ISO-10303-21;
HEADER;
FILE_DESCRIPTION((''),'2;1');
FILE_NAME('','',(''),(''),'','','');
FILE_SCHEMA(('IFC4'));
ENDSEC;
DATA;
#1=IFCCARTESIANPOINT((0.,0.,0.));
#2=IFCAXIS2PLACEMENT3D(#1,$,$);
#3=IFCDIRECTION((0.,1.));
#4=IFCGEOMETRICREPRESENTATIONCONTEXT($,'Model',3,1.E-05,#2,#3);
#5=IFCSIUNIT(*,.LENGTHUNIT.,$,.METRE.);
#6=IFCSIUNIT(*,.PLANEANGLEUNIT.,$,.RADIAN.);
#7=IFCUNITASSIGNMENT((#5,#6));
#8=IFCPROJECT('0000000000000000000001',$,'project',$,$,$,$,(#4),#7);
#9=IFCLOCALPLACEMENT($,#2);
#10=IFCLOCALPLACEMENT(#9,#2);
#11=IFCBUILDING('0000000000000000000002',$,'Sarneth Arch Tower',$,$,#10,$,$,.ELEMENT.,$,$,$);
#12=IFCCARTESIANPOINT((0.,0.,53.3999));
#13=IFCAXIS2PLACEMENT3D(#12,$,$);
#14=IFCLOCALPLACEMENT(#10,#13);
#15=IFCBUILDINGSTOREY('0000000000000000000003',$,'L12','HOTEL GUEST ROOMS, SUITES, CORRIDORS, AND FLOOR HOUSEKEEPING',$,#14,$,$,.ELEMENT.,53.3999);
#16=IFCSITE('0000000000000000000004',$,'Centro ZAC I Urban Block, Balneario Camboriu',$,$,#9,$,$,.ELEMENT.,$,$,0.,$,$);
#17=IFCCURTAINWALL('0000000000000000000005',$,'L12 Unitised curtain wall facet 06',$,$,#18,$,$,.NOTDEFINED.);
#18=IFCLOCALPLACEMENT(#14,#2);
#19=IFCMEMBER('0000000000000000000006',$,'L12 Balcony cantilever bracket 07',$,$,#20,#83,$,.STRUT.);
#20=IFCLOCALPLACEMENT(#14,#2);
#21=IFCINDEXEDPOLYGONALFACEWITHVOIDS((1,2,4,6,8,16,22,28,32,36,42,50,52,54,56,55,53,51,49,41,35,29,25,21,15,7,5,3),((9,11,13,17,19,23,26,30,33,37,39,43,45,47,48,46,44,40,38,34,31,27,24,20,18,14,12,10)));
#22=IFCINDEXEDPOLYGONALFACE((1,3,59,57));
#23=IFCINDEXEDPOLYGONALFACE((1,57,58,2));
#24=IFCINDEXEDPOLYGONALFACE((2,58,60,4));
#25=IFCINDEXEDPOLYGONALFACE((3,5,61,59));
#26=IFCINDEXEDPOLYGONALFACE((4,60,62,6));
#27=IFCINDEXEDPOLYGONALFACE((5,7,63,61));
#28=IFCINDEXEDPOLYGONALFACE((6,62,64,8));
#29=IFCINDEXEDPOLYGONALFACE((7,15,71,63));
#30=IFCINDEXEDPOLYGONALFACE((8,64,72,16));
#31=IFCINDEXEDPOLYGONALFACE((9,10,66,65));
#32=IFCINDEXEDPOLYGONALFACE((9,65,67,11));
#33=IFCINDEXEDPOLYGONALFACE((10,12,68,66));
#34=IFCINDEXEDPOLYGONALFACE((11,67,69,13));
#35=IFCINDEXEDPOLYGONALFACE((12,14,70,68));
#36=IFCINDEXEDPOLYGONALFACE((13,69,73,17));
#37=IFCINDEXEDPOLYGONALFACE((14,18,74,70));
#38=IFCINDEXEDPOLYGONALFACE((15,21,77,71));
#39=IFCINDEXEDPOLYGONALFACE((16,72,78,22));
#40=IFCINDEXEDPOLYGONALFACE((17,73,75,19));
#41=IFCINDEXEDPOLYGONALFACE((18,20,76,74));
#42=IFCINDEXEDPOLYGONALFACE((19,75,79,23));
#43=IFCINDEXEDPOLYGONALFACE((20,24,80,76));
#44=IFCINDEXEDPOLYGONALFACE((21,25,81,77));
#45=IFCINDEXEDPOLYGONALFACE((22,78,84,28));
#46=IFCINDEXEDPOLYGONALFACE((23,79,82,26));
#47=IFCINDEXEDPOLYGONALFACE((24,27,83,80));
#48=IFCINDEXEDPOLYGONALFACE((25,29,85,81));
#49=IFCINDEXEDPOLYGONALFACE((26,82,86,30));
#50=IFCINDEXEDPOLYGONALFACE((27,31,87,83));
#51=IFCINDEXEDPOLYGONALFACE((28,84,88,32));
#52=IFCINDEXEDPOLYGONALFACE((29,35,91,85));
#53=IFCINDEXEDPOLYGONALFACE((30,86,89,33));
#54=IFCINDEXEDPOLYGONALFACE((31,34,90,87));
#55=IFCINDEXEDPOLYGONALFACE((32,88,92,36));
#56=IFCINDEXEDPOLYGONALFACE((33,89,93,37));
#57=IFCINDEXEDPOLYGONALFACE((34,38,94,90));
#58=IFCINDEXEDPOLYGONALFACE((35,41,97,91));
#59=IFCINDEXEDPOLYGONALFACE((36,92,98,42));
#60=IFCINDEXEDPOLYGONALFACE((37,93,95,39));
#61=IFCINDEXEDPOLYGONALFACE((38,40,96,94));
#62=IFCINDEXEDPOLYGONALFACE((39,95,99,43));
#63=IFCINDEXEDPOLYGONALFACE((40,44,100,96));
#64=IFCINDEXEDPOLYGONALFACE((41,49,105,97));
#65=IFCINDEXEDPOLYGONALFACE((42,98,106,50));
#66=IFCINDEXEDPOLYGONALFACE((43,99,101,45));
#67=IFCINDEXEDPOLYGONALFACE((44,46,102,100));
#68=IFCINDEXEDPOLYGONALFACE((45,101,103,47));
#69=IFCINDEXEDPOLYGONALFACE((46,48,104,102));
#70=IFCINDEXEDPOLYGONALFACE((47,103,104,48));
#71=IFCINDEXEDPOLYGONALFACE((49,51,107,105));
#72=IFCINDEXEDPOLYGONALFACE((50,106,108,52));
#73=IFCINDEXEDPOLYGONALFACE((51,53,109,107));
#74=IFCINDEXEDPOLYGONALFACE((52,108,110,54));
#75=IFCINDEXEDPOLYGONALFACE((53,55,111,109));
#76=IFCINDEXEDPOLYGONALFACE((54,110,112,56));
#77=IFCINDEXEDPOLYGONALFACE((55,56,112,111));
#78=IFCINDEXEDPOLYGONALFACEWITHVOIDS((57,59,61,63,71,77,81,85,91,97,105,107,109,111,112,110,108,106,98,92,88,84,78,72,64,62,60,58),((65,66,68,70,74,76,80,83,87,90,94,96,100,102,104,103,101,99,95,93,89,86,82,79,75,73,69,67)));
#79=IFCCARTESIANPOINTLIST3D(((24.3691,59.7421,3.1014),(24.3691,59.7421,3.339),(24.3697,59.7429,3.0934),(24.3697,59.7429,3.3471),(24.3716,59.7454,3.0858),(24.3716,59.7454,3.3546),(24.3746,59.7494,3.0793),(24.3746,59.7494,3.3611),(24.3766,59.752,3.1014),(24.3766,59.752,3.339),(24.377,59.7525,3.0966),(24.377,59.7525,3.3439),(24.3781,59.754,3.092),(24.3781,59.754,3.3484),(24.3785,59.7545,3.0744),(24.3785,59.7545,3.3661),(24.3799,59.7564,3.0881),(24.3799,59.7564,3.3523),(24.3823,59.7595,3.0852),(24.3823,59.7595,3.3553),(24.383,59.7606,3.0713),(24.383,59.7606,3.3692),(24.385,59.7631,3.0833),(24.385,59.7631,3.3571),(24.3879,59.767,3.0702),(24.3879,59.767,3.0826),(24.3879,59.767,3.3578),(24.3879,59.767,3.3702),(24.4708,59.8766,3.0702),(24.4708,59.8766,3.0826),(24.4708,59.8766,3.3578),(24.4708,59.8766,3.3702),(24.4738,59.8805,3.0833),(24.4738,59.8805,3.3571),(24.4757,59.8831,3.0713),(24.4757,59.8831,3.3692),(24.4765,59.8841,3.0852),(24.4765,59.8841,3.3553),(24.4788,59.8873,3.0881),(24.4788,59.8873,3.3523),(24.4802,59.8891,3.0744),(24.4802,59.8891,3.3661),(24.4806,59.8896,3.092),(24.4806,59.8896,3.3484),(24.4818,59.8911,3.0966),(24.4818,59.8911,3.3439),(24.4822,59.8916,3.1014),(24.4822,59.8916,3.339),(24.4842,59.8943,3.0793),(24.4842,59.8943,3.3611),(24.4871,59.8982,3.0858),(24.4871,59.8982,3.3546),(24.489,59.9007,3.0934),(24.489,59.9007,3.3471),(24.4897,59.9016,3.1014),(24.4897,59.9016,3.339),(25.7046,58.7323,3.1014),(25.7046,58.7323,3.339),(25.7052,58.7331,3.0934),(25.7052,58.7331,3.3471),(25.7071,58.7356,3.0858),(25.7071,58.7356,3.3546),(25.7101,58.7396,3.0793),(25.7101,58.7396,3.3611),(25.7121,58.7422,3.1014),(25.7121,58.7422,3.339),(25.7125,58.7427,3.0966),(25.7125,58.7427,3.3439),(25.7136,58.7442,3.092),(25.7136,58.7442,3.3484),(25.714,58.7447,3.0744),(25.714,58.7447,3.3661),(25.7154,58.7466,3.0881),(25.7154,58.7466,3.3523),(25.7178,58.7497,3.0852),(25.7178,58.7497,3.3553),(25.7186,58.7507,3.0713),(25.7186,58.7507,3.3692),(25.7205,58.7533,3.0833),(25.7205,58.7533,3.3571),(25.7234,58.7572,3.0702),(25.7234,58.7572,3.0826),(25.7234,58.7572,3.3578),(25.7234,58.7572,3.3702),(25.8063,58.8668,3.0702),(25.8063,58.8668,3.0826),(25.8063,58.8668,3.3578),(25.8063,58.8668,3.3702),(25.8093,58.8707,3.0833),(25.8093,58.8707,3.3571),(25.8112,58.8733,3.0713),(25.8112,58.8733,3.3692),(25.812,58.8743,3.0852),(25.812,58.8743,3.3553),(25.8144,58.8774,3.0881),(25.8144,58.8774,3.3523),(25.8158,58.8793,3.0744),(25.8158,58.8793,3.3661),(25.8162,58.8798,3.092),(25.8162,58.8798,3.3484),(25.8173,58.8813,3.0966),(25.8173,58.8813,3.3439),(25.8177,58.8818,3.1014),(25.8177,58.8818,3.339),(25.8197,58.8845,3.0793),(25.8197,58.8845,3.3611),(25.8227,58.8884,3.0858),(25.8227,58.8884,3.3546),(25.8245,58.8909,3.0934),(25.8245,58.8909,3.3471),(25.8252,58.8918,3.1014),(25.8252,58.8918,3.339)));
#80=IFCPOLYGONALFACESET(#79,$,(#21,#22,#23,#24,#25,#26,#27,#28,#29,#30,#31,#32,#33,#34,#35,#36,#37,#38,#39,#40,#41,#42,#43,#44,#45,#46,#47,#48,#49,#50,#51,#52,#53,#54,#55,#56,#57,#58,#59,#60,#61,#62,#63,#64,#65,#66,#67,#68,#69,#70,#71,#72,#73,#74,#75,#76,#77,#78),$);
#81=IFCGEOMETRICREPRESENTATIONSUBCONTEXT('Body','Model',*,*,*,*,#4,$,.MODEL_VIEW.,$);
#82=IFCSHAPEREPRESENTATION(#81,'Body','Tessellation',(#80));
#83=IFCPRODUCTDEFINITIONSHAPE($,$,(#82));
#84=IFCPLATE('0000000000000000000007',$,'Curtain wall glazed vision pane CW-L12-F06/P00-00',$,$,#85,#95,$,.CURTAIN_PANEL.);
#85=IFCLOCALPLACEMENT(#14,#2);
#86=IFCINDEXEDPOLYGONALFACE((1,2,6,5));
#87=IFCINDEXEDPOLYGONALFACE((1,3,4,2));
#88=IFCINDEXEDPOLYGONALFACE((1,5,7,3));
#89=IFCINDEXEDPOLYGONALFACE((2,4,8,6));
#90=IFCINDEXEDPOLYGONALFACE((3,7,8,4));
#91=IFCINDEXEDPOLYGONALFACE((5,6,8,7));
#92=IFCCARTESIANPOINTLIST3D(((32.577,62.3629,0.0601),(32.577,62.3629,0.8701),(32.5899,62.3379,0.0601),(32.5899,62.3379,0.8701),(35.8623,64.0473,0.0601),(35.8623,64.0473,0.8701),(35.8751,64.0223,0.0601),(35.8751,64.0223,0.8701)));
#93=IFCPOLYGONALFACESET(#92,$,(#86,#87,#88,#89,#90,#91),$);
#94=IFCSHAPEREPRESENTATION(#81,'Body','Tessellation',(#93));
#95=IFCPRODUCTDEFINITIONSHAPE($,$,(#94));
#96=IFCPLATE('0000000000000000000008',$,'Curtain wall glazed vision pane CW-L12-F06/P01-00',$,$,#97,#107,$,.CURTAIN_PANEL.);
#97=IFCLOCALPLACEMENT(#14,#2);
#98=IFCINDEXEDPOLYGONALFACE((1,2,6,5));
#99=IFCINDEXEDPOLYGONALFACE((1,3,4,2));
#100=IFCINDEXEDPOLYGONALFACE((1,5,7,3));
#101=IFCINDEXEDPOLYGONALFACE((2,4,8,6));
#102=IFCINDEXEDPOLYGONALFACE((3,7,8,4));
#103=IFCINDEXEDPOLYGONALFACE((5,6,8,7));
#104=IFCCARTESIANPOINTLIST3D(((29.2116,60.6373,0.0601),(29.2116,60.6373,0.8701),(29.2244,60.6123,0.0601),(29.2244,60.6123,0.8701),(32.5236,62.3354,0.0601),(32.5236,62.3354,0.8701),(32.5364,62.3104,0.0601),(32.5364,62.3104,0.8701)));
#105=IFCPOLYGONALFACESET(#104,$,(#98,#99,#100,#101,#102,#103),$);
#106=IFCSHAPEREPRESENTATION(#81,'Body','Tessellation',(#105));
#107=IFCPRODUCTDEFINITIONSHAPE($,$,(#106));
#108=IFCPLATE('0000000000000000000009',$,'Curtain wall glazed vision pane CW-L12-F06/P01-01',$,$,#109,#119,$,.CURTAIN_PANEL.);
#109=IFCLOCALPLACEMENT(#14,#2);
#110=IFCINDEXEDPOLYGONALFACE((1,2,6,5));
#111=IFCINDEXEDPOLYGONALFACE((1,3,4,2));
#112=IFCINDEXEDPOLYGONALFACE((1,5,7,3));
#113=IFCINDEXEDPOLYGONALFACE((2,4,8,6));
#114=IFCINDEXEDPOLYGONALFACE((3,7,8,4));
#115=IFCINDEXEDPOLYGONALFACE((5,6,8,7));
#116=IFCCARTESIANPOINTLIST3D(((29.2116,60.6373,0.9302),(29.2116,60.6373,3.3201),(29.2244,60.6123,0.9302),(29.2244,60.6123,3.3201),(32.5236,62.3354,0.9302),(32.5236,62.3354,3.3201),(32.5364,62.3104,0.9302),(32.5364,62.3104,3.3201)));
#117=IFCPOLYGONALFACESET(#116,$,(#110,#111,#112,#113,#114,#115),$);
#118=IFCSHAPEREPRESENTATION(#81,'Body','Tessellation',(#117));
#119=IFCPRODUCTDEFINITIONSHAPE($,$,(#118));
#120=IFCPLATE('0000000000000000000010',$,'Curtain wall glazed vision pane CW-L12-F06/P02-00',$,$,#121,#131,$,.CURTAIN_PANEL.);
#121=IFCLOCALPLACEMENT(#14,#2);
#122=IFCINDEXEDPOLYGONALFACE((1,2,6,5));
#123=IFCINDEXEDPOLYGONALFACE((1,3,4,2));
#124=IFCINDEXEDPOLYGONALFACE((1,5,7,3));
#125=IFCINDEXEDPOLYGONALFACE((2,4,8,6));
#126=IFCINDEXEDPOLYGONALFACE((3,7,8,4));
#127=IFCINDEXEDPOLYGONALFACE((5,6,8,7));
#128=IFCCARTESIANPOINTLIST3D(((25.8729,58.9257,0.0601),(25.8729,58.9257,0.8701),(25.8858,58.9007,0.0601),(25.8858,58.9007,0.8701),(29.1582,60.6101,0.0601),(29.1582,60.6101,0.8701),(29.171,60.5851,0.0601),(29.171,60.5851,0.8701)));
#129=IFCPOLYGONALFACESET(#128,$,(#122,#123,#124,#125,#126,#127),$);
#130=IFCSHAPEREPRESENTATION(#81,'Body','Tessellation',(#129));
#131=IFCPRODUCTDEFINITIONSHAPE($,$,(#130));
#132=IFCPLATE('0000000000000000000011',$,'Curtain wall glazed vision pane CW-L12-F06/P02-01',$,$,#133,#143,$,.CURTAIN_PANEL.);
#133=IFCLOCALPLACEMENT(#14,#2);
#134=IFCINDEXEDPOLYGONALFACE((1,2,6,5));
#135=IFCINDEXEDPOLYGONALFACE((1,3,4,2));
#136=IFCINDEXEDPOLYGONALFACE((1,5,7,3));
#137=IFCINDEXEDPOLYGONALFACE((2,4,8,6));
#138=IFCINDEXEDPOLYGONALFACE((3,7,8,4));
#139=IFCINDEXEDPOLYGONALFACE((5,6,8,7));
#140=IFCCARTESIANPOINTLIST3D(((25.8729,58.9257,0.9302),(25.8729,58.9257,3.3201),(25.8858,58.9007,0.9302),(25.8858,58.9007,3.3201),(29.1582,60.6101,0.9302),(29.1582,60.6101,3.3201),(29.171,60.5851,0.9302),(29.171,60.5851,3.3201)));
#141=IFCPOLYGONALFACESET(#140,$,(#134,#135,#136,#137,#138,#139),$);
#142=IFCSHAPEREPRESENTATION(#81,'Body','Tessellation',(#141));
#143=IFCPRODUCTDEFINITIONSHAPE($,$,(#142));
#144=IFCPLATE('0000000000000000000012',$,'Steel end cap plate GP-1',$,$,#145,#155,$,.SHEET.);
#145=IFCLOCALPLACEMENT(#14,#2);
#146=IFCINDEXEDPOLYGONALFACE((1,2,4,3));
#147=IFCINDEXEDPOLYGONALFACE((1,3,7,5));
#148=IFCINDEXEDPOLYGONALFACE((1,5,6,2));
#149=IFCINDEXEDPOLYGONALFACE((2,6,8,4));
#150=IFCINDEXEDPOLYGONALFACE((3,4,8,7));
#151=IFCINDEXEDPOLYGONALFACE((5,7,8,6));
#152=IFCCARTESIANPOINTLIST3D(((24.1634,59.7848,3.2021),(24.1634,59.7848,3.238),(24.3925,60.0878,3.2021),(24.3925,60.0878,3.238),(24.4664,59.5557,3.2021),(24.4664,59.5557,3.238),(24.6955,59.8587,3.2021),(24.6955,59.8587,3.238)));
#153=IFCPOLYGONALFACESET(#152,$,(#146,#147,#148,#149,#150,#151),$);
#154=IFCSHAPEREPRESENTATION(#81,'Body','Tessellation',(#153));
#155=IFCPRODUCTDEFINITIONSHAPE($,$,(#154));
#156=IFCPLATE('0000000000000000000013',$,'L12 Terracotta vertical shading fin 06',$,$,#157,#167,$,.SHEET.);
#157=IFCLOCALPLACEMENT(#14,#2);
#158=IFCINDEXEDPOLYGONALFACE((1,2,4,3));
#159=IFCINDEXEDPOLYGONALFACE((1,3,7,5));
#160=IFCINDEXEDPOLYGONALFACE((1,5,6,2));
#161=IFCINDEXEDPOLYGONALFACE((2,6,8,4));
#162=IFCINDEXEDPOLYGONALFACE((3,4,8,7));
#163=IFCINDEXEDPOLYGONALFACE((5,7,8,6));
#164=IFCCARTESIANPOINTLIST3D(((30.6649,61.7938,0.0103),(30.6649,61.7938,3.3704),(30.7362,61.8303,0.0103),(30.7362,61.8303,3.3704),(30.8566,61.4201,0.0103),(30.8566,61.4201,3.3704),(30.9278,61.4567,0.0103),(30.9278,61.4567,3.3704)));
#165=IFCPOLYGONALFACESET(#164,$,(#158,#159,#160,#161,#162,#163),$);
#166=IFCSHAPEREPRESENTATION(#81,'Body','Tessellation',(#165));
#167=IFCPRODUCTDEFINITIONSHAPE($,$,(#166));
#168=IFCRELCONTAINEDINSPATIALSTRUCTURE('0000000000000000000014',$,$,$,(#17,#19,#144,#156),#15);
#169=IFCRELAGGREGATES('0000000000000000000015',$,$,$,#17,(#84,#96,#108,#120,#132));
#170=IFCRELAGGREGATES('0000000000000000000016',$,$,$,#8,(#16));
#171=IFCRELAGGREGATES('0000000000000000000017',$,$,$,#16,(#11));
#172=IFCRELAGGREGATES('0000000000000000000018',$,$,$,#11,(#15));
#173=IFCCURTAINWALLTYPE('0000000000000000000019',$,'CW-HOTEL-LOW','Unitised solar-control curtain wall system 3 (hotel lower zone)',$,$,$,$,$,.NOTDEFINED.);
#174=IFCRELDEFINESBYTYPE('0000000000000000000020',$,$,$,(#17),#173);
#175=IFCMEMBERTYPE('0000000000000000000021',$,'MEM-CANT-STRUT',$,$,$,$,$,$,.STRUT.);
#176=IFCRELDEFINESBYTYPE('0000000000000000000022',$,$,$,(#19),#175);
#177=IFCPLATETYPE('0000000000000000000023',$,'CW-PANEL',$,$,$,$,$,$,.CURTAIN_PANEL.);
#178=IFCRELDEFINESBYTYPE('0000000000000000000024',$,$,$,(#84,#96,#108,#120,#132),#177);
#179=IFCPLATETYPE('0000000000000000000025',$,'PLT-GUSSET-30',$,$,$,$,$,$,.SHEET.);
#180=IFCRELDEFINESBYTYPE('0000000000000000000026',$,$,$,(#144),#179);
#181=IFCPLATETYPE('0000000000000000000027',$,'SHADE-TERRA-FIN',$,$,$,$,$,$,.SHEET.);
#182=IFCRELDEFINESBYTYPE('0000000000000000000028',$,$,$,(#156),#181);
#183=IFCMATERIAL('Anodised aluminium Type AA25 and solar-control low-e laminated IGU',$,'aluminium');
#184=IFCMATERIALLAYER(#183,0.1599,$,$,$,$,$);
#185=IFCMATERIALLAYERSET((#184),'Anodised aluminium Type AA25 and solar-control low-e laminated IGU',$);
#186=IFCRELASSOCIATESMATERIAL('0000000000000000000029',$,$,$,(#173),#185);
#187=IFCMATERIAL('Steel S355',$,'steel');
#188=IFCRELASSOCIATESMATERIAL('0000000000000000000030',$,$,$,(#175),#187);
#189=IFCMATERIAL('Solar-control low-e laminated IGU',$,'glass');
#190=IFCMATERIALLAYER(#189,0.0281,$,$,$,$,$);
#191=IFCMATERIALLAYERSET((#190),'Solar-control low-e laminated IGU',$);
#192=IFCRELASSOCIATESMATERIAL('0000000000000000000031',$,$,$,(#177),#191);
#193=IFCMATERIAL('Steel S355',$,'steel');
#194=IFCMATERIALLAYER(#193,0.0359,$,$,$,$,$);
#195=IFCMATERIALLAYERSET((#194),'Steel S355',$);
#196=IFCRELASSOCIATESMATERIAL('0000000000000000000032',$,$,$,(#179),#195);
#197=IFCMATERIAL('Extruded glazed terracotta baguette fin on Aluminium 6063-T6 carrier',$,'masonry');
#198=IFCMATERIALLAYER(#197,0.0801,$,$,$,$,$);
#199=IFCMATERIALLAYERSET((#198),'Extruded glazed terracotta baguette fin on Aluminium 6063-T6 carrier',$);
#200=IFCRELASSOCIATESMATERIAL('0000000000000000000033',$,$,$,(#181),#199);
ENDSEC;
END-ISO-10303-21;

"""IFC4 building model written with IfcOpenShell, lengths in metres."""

from ifc_helpers import new_model, si_unit, direction, frame, origin, origin_2d, place, context, subcontext, project, spatial, rectangle, hollow_rectangle, extrude, material, layer, layer_set, material_profile, profile_set, type_object, element, aggregate, save


model = new_model("IFC4")

# Units and contexts
model_context = context("Model", 3, precision=1e-05, world=origin(), true_north=direction((0.0, 1.0)))
body_context = subcontext(model_context, "Body", "Model", "MODEL_VIEW")
ifc_project = project(units=[si_unit("LENGTHUNIT", "METRE"), si_unit("PLANEANGLEUNIT", "RADIAN")], contexts=[model_context])

# Site, building, storey
site_placement = place(None, origin())
site = spatial("IfcSite", under=ifc_project, at=site_placement, Name="Centro ZAC I Urban Block, Balneario Camboriu", CompositionType="ELEMENT", RefElevation=0.0)
building_placement = place(site_placement, origin())
building = spatial("IfcBuilding", under=site, at=building_placement, Name="Sarneth Arch Tower", CompositionType="ELEMENT")
storey_placement = place(building_placement, frame((0.0, 0.0, 53.3999)))
storey = spatial("IfcBuildingStorey", under=building, at=storey_placement, Name="L12", Description="HOTEL GUEST ROOMS, SUITES, CORRIDORS, AND FLOOR HOUSEKEEPING", CompositionType="ELEMENT", Elevation=53.3999)

# Curtain wall
ifc_material_1 = material(Name="Anodised aluminium Type AA25 and solar-control low-e laminated IGU", Category="aluminium")
ifc_layer_1 = layer(ifc_material_1, 0.1599)
ifc_layer_set_1 = layer_set([ifc_layer_1], Name="Anodised aluminium Type AA25 and solar-control low-e laminated IGU")
curtain_wall_type = type_object("IfcCurtainWallType", Name="CW-HOTEL-LOW", Description="Unitised solar-control curtain wall system 3 (hotel lower zone)", PredefinedType="NOTDEFINED", material=ifc_layer_set_1)
curtain_wall_placement = place(storey_placement, origin())
curtain_wall = element("IfcCurtainWall", 1, at=curtain_wall_placement, inside=storey, type_object=curtain_wall_type, Name="L12 Unitised curtain wall facet 06", PredefinedType="NOTDEFINED")

# Member
ifc_material_2 = material(Name="Steel S355", Category="steel")
ifc_material_profile_1 = material_profile(ifc_material_2, hollow_rectangle(XDim=0.2, YDim=0.3, WallThickness=0.0125, InnerFilletRadius=0.0188, OuterFilletRadius=0.0312, at=origin_2d()), Name="RHS300x200x12.5")
ifc_profile_set_1 = profile_set([ifc_material_profile_1], Name="Steel S355")
member_type_1 = type_object("IfcMemberType", Name="MEM-CANT-STRUT", PredefinedType="STRUT", material=ifc_profile_set_1)
member_1_placement = place(storey_placement, frame((25.7649, 58.812, 3.2202), z_axis=(-0.797649, 0.603122, 0.0), x_axis=(-0.603122, -0.797649, 0.0)))
element("IfcMember", 2, at=member_1_placement, inside=storey, type_object=member_type_1, Name="L12 Balcony cantilever bracket 07", PredefinedType="STRUT", context=body_context, shape_type="SweptSolid", body=[
    extrude(hollow_rectangle(XDim=0.2, YDim=0.3, WallThickness=0.0125, InnerFilletRadius=0.0188, OuterFilletRadius=0.0312, at=origin_2d()), origin(), (0.0, 0.0, 1.0), 1.6743),
])

# Plates
ifc_material_3 = material(Name="Solar-control low-e laminated IGU", Category="glass")
ifc_layer_2 = layer(ifc_material_3, 0.0281)
ifc_layer_set_2 = layer_set([ifc_layer_2], Name="Solar-control low-e laminated IGU")
plate_type_1 = type_object("IfcPlateType", Name="CW-PANEL", PredefinedType="CURTAIN_PANEL", material=ifc_layer_set_2)
plate_1_placement = place(storey_placement, frame((34.2261, 63.1926, 0.0601), z_axis=(0.0, 0.0, 1.0), x_axis=(-0.889854, -0.456245, 0.0)))
plate_1 = element("IfcPlate", 3, at=plate_1_placement, type_object=plate_type_1, Name="Curtain wall glazed vision pane CW-L12-F06/P00-00", PredefinedType="CURTAIN_PANEL", context=body_context, shape_type="SweptSolid", body=[
    extrude(rectangle(XDim=3.6919, YDim=0.0281, at=origin_2d()), origin(), (0.0, 0.0, 1.0), 0.8101),
])
plate_2_placement = place(storey_placement, frame((30.874, 61.4739, 0.0601), z_axis=(0.0, 0.0, 1.0), x_axis=(-0.889854, -0.456245, 0.0)))
plate_2 = element("IfcPlate", 4, at=plate_2_placement, type_object=plate_type_1, Name="Curtain wall glazed vision pane CW-L12-F06/P01-00", PredefinedType="CURTAIN_PANEL", context=body_context, shape_type="SweptSolid", body=[
    extrude(rectangle(XDim=3.7219, YDim=0.0281, at=origin_2d()), origin(), (0.0, 0.0, 1.0), 0.8101),
])
plate_3_placement = place(storey_placement, frame((30.874, 61.4739, 0.9302), z_axis=(0.0, 0.0, 1.0), x_axis=(-0.889854, -0.456245, 0.0)))
plate_3 = element("IfcPlate", 5, at=plate_3_placement, type_object=plate_type_1, Name="Curtain wall glazed vision pane CW-L12-F06/P01-01", PredefinedType="CURTAIN_PANEL", context=body_context, shape_type="SweptSolid", body=[
    extrude(rectangle(XDim=3.7219, YDim=0.0281, at=origin_2d()), origin(), (0.0, 0.0, 1.0), 2.3899),
])
plate_4_placement = place(storey_placement, frame((27.522, 59.7554, 0.0601), z_axis=(0.0, 0.0, 1.0), x_axis=(-0.889854, -0.456245, 0.0)))
plate_4 = element("IfcPlate", 6, at=plate_4_placement, type_object=plate_type_1, Name="Curtain wall glazed vision pane CW-L12-F06/P02-00", PredefinedType="CURTAIN_PANEL", context=body_context, shape_type="SweptSolid", body=[
    extrude(rectangle(XDim=3.6919, YDim=0.0281, at=origin_2d()), origin(), (0.0, 0.0, 1.0), 0.8101),
])
plate_5_placement = place(storey_placement, frame((27.522, 59.7554, 0.9302), z_axis=(0.0, 0.0, 1.0), x_axis=(-0.889854, -0.456245, 0.0)))
plate_5 = element("IfcPlate", 7, at=plate_5_placement, type_object=plate_type_1, Name="Curtain wall glazed vision pane CW-L12-F06/P02-01", PredefinedType="CURTAIN_PANEL", context=body_context, shape_type="SweptSolid", body=[
    extrude(rectangle(XDim=3.6919, YDim=0.0281, at=origin_2d()), origin(), (0.0, 0.0, 1.0), 2.3899),
])
aggregate(curtain_wall, [plate_1, plate_2, plate_3, plate_4, plate_5])

# Plates
ifc_material_4 = material(Name="Steel S355", Category="steel")
ifc_layer_3 = layer(ifc_material_4, 0.0359)
ifc_layer_set_3 = layer_set([ifc_layer_3], Name="Steel S355")
plate_type_2 = type_object("IfcPlateType", Name="PLT-GUSSET-30", PredefinedType="SHEET", material=ifc_layer_set_3)
plate_6_placement = place(storey_placement, frame((24.4294, 59.8218, 3.2021), z_axis=(0.0, 0.0, 1.0), x_axis=(-0.797689, 0.603069, 0.0)))
element("IfcPlate", 8, at=plate_6_placement, inside=storey, type_object=plate_type_2, Name="Steel end cap plate GP-1", PredefinedType="SHEET", context=body_context, shape_type="SweptSolid", body=[
    extrude(rectangle(XDim=0.3799, YDim=0.3799, at=origin_2d()), origin(), (0.0, 0.0, 1.0), 0.0359),
])
ifc_material_5 = material(Name="Extruded glazed terracotta baguette fin on Aluminium 6063-T6 carrier", Category="masonry")
ifc_layer_4 = layer(ifc_material_5, 0.0801)
ifc_layer_set_4 = layer_set([ifc_layer_4], Name="Extruded glazed terracotta baguette fin on Aluminium 6063-T6 carrier")
plate_type_3 = type_object("IfcPlateType", Name="SHADE-TERRA-FIN", PredefinedType="SHEET", material=ifc_layer_set_4)
plate_7_placement = place(storey_placement, frame((30.7964, 61.6252, 0.0103), z_axis=(0.0, 0.0, 1.0), x_axis=(-0.456322, 0.889815, 0.0)))
element("IfcPlate", 9, at=plate_7_placement, inside=storey, type_object=plate_type_3, Name="L12 Terracotta vertical shading fin 06", PredefinedType="SHEET", context=body_context, shape_type="SweptSolid", body=[
    extrude(rectangle(XDim=0.4199, YDim=0.0801, at=origin_2d()), origin(), (0.0, 0.0, 1.0), 3.3601),
])

save(model, "model.ifc")
